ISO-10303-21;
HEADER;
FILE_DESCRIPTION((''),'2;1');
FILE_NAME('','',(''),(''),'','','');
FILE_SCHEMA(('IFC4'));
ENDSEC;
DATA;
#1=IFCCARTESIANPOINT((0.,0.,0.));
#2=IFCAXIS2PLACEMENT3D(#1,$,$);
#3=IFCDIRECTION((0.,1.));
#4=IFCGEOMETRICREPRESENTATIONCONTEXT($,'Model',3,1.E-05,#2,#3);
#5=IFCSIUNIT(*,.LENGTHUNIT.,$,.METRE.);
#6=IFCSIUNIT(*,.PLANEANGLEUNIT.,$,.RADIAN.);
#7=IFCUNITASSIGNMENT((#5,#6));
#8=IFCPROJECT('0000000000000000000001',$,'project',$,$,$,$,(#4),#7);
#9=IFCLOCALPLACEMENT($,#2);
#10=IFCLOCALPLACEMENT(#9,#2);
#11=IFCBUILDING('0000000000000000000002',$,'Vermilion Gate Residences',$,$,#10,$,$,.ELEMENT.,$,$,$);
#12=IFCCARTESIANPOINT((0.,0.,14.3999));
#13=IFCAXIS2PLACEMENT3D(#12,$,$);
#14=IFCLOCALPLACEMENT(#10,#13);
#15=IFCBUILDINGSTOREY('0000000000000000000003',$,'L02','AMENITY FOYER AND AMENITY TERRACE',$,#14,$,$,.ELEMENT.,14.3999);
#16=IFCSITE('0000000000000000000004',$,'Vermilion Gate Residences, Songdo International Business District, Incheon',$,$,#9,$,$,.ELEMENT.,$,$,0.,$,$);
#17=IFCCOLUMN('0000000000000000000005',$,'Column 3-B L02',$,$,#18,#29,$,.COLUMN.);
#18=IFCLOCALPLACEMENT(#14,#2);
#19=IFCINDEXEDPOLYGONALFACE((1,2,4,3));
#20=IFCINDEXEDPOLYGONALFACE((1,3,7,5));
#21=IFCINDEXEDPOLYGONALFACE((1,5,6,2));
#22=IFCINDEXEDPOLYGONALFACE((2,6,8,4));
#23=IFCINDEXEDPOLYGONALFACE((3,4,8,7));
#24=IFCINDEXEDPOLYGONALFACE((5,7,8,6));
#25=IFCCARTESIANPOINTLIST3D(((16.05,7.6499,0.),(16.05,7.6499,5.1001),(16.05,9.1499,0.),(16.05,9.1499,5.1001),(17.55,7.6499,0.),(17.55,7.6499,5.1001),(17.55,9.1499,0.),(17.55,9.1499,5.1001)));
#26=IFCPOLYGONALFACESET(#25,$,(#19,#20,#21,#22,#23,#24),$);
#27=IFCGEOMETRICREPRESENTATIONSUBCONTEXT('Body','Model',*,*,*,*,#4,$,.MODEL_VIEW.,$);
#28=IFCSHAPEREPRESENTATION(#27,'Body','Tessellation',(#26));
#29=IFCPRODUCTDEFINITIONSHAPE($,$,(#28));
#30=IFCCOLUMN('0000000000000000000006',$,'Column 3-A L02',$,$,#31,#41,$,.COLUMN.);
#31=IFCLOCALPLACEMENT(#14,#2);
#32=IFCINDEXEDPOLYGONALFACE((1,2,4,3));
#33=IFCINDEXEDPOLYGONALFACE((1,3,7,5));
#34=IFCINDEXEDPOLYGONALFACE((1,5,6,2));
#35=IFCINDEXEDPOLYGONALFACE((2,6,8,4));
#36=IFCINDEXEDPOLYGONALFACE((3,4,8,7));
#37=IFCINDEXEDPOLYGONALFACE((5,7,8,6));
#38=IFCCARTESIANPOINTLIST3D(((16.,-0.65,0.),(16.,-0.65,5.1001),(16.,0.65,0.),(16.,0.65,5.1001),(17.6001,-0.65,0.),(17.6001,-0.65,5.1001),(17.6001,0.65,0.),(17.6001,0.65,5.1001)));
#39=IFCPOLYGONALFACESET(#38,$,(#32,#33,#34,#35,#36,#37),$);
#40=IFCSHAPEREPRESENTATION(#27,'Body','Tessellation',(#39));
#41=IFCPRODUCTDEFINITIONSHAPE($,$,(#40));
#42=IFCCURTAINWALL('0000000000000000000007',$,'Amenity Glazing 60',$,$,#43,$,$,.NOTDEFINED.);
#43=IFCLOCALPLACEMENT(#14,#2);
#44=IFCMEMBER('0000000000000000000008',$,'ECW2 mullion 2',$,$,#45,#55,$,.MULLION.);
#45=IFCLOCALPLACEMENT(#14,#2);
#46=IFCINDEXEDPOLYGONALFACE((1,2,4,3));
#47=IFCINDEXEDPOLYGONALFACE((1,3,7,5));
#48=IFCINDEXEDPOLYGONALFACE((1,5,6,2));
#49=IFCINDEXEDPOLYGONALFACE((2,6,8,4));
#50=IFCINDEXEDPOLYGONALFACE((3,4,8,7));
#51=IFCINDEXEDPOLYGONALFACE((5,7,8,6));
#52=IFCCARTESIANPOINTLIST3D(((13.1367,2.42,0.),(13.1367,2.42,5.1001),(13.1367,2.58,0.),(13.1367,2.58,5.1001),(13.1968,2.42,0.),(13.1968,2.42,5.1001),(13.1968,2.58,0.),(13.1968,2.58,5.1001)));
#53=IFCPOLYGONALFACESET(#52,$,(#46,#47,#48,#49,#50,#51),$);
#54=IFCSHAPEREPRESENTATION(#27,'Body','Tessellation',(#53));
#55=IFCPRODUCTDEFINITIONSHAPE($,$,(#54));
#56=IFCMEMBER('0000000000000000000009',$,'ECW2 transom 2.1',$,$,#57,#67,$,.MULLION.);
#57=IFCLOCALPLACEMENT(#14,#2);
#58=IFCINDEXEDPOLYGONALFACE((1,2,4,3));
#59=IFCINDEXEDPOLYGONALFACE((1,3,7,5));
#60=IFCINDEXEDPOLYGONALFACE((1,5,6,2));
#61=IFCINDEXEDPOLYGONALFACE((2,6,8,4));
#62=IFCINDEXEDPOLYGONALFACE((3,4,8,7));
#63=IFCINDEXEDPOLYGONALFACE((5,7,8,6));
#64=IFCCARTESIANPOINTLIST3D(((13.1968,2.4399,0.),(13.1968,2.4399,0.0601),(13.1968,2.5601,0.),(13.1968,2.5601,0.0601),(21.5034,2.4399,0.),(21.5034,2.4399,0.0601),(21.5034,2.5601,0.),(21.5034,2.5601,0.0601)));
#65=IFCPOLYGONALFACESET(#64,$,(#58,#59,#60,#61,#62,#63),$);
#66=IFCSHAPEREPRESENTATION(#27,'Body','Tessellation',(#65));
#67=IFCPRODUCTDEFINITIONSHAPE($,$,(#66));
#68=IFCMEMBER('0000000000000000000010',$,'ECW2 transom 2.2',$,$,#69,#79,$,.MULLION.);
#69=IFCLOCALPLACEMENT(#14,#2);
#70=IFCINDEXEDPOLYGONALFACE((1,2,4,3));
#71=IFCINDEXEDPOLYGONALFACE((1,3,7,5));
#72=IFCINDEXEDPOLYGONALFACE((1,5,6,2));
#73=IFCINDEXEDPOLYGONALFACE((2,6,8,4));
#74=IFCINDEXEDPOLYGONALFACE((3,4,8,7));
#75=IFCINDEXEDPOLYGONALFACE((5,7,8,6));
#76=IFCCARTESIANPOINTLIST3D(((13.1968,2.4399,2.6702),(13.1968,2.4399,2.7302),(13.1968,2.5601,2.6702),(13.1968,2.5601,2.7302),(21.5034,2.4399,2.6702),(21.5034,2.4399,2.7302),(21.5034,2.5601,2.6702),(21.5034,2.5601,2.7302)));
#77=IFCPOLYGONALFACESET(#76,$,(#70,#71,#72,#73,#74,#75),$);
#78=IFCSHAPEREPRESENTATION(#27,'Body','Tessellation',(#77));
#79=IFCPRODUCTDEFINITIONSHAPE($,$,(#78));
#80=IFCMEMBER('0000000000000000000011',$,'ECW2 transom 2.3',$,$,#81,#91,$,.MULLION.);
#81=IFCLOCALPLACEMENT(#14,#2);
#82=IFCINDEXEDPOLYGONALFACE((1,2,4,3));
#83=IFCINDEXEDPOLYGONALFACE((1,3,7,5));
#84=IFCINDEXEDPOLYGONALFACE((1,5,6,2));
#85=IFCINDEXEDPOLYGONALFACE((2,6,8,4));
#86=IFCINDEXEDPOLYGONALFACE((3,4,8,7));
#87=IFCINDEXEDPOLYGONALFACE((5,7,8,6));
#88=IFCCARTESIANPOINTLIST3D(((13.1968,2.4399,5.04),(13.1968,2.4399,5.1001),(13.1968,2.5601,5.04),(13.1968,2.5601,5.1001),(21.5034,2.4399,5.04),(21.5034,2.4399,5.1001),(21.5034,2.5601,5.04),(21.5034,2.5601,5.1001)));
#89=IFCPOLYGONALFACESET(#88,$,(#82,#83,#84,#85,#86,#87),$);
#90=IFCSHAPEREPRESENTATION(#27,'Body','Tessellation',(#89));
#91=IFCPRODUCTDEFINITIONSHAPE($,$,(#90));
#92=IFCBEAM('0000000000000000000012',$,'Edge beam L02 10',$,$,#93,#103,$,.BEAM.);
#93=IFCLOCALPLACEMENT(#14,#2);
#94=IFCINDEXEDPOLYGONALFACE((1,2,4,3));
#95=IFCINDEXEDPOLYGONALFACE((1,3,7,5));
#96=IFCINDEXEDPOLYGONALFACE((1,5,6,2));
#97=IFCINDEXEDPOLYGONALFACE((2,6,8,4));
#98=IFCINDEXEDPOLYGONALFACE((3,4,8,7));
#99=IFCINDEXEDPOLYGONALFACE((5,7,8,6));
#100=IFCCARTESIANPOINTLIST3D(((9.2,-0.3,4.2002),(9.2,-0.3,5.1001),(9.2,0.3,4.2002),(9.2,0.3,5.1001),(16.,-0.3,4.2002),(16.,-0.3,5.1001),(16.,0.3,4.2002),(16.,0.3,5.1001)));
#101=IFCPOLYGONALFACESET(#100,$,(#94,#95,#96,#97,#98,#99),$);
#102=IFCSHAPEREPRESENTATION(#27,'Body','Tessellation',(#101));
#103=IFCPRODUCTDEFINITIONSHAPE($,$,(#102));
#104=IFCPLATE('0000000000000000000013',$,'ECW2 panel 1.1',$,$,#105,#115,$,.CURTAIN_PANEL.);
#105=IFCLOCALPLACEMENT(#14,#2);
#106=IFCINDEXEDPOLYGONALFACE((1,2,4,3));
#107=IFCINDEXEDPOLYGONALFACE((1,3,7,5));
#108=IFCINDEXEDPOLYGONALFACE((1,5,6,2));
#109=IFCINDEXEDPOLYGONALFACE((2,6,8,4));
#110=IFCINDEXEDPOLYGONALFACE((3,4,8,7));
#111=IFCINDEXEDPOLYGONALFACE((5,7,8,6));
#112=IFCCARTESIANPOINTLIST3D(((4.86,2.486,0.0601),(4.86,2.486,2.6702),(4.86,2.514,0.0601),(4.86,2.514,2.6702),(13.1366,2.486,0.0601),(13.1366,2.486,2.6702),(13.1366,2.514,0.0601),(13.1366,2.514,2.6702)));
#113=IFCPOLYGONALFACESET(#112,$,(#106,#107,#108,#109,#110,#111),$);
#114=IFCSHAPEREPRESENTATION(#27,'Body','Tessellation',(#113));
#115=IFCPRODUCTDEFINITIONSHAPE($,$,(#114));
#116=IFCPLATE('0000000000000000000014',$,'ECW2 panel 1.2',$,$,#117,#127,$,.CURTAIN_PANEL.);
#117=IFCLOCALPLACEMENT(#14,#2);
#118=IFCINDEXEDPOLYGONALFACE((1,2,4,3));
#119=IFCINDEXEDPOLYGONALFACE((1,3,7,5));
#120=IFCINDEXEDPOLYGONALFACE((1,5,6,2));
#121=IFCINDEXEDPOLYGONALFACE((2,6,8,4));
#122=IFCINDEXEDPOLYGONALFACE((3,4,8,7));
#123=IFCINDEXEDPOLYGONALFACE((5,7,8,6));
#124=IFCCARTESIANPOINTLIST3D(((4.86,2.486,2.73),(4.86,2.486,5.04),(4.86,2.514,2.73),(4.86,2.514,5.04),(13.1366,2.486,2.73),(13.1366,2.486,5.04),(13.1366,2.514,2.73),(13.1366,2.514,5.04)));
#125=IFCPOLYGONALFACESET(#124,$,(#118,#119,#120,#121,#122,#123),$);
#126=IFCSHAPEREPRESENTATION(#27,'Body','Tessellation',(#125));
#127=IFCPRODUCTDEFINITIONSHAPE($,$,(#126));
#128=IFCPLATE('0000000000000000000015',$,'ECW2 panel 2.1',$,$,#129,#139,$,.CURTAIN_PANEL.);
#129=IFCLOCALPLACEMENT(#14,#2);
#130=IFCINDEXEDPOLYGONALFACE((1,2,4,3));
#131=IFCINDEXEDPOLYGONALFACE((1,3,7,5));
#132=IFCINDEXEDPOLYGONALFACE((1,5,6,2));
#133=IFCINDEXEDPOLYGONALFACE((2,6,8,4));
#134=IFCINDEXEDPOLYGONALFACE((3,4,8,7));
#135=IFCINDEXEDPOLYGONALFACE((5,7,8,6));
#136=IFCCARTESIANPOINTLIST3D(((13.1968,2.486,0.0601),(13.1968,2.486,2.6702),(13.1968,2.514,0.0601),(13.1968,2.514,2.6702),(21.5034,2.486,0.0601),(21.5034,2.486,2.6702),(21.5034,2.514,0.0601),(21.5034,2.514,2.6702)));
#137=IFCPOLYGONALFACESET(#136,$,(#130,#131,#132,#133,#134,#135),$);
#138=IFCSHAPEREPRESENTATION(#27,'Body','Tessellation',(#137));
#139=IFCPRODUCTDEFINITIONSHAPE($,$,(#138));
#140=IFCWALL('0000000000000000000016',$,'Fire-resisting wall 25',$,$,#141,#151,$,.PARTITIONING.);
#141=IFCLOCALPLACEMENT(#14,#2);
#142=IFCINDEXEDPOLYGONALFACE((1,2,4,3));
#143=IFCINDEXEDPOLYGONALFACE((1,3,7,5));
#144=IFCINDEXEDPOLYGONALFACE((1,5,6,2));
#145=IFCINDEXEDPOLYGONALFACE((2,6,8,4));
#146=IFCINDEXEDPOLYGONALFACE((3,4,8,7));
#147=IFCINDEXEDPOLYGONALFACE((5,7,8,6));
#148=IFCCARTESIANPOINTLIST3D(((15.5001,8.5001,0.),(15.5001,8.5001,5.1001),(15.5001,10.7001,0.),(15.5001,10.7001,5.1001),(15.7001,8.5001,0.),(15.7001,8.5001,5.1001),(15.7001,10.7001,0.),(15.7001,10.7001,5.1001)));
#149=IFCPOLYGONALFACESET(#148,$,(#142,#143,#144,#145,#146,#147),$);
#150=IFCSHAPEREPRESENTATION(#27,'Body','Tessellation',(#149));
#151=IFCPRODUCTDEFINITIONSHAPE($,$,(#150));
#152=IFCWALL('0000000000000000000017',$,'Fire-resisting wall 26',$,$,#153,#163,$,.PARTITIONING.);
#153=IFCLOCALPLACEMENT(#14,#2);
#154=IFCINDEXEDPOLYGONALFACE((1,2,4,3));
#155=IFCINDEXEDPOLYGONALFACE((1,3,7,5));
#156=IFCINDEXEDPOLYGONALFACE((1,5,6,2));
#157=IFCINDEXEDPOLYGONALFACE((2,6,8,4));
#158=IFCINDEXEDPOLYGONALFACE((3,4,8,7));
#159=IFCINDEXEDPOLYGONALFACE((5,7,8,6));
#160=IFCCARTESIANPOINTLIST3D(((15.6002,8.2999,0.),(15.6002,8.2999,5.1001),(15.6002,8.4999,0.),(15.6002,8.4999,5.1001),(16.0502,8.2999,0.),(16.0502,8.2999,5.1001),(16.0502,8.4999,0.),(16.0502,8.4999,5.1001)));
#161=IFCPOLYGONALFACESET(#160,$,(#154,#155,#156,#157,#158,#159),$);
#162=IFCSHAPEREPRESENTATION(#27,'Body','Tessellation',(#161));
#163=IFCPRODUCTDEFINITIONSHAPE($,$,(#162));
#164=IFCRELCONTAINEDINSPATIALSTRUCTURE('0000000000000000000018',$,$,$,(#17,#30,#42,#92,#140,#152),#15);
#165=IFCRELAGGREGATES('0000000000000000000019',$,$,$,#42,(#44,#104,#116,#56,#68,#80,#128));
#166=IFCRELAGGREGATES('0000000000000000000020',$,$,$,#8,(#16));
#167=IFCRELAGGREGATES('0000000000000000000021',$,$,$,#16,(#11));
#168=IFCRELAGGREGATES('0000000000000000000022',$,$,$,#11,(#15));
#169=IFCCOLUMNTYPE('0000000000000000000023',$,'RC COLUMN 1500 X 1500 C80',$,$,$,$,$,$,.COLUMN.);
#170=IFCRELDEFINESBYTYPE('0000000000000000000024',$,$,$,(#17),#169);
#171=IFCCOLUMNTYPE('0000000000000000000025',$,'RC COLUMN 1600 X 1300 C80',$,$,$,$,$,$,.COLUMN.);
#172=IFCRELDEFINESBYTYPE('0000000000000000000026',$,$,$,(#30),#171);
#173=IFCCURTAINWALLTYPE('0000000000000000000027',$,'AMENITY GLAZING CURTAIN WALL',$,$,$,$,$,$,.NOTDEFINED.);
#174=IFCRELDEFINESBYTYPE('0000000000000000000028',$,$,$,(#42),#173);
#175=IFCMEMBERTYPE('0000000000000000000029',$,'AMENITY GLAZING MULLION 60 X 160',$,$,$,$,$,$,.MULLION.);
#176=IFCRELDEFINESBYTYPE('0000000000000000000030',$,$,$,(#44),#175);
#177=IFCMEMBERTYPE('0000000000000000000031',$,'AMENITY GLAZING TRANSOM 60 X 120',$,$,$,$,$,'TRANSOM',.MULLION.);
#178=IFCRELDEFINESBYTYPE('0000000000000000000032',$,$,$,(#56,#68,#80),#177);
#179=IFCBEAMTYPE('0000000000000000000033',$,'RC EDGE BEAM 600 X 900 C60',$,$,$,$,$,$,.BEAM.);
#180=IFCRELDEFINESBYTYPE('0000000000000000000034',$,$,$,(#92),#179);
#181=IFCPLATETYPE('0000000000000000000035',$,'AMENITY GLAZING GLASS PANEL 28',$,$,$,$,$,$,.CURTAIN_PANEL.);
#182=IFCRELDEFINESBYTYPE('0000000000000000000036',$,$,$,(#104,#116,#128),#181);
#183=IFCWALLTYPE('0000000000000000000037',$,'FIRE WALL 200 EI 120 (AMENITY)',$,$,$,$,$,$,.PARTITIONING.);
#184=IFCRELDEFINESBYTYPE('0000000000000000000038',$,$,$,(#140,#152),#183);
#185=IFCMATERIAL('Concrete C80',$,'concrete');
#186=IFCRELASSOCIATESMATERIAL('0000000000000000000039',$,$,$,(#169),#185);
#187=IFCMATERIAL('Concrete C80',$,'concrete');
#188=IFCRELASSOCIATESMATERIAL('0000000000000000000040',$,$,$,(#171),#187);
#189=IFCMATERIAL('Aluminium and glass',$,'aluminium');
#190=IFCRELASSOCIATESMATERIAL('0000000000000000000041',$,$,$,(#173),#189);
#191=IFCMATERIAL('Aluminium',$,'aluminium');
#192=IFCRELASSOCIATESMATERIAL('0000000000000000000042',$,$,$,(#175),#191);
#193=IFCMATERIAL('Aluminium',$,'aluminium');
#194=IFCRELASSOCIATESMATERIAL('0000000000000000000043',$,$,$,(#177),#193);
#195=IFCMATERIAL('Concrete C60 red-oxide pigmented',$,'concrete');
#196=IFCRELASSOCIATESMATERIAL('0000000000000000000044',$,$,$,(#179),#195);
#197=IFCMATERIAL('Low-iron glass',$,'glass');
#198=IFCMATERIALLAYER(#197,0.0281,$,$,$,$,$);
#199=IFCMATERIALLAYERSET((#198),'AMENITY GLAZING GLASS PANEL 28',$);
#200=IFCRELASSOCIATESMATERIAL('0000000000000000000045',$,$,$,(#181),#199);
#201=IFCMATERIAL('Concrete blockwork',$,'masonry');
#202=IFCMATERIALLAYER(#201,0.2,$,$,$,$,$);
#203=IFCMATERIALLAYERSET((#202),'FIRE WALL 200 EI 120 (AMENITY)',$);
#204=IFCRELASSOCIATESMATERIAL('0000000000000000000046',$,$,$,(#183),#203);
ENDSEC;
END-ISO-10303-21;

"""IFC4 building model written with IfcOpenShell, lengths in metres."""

from ifc_helpers import new_model, si_unit, direction, frame, frame_2d, origin, origin_2d, place, context, subcontext, project, spatial, rectangle, extrude, material, layer, layer_set, material_profile, profile_set, type_object, element, aggregate, save


model = new_model("IFC4")

# Units and contexts
model_context = context("Model", 3, precision=1e-05, world=origin(), true_north=direction((0.0, 1.0)))
body_context = subcontext(model_context, "Body", "Model", "MODEL_VIEW")
ifc_project = project(units=[si_unit("LENGTHUNIT", "METRE"), si_unit("PLANEANGLEUNIT", "RADIAN")], contexts=[model_context])

# Site, building, storey
site_placement = place(None, origin())
site = spatial("IfcSite", under=ifc_project, at=site_placement, Name="Vermilion Gate Residences, Songdo International Business District, Incheon", CompositionType="ELEMENT", RefElevation=0.0)
building_placement = place(site_placement, origin())
building = spatial("IfcBuilding", under=site, at=building_placement, Name="Vermilion Gate Residences", CompositionType="ELEMENT")
storey_placement = place(building_placement, frame((0.0, 0.0, 14.3999)))
storey = spatial("IfcBuildingStorey", under=building, at=storey_placement, Name="L02", Description="AMENITY FOYER AND AMENITY TERRACE", CompositionType="ELEMENT", Elevation=14.3999)

# Columns
ifc_material_1 = material(Name="Concrete C80", Category="concrete")
ifc_material_profile_1 = material_profile(ifc_material_1, rectangle(XDim=1.5, YDim=1.5, at=origin_2d()), Name="RC-1500x1500")
ifc_profile_set_1 = profile_set([ifc_material_profile_1], Name="Concrete C80")
column_type_1 = type_object("IfcColumnType", Name="RC COLUMN 1500 X 1500 C80", PredefinedType="COLUMN", material=ifc_profile_set_1)
column_1_placement = place(storey_placement, frame((16.8, 8.3999, 0.0), z_axis=(0.0, 0.0, 1.0), x_axis=(1.0, 0.0, 0.0)))
element("IfcColumn", 1, at=column_1_placement, inside=storey, type_object=column_type_1, Name="Column 3-B L02", PredefinedType="COLUMN", context=body_context, shape_type="SweptSolid", body=[
    extrude(rectangle(XDim=1.5, YDim=1.5, at=origin_2d()), origin(), (0.0, 0.0, 1.0), 5.1001),
])
ifc_material_2 = material(Name="Concrete C80", Category="concrete")
ifc_material_profile_2 = material_profile(ifc_material_2, rectangle(XDim=1.6001, YDim=1.3, at=origin_2d()), Name="RC-1600x1300")
ifc_profile_set_2 = profile_set([ifc_material_profile_2], Name="Concrete C80")
column_type_2 = type_object("IfcColumnType", Name="RC COLUMN 1600 X 1300 C80", PredefinedType="COLUMN", material=ifc_profile_set_2)
column_2_placement = place(storey_placement, frame((16.8, 0.0, 0.0), z_axis=(0.0, 0.0, 1.0), x_axis=(1.0, 0.0, 0.0)))
element("IfcColumn", 2, at=column_2_placement, inside=storey, type_object=column_type_2, Name="Column 3-A L02", PredefinedType="COLUMN", context=body_context, shape_type="SweptSolid", body=[
    extrude(rectangle(XDim=1.6001, YDim=1.3, at=origin_2d()), origin(), (0.0, 0.0, 1.0), 5.1001),
])

# Curtain wall, members
ifc_material_3 = material(Name="Aluminium and glass", Category="aluminium")
curtain_wall_type = type_object("IfcCurtainWallType", Name="AMENITY GLAZING CURTAIN WALL", PredefinedType="NOTDEFINED", material=ifc_material_3)
curtain_wall_placement = place(storey_placement, origin())
curtain_wall = element("IfcCurtainWall", 3, at=curtain_wall_placement, inside=storey, type_object=curtain_wall_type, Name="Amenity Glazing 60", PredefinedType="NOTDEFINED")
ifc_material_4 = material(Name="Aluminium", Category="aluminium")
ifc_material_profile_3 = material_profile(ifc_material_4, rectangle(XDim=0.1599, YDim=0.0601, at=origin_2d()), Name="MULLION 60 X 160")
ifc_profile_set_3 = profile_set([ifc_material_profile_3], Name="Aluminium")
member_type_1 = type_object("IfcMemberType", Name="AMENITY GLAZING MULLION 60 X 160", PredefinedType="MULLION", material=ifc_profile_set_3)
member_1_placement = place(storey_placement, frame((13.1667, 2.5, 0.0), z_axis=(0.0, 0.0, 1.0), x_axis=(0.0, 1.0, 0.0)))
member_1 = element("IfcMember", 4, at=member_1_placement, type_object=member_type_1, Name="ECW2 mullion 2", PredefinedType="MULLION", context=body_context, shape_type="SweptSolid", body=[
    extrude(rectangle(XDim=0.1599, YDim=0.0601, at=origin_2d()), origin(), (0.0, 0.0, 1.0), 5.1001),
])
ifc_material_5 = material(Name="Aluminium", Category="aluminium")
ifc_material_profile_4 = material_profile(ifc_material_5, rectangle(XDim=0.1201, YDim=0.0601, at=origin_2d()), Name="TRANSOM 60 X 120")
ifc_profile_set_4 = profile_set([ifc_material_profile_4], Name="Aluminium")
member_type_2 = type_object("IfcMemberType", Name="AMENITY GLAZING TRANSOM 60 X 120", ElementType="TRANSOM", PredefinedType="MULLION", material=ifc_profile_set_4)
member_2_placement = place(storey_placement, frame((13.1968, 2.5, 0.03), z_axis=(1.0, 0.0, 0.0), x_axis=(0.0, 1.0, 0.0)))
member_2 = element("IfcMember", 5, at=member_2_placement, type_object=member_type_2, Name="ECW2 transom 2.1", PredefinedType="MULLION", context=body_context, shape_type="SweptSolid", body=[
    extrude(rectangle(XDim=0.1201, YDim=0.0601, at=origin_2d()), origin(), (0.0, 0.0, 1.0), 8.3066),
])
member_3_placement = place(storey_placement, frame((13.1968, 2.5, 2.7002), z_axis=(1.0, 0.0, 0.0), x_axis=(0.0, 1.0, 0.0)))
member_3 = element("IfcMember", 6, at=member_3_placement, type_object=member_type_2, Name="ECW2 transom 2.2", PredefinedType="MULLION", context=body_context, shape_type="SweptSolid", body=[
    extrude(rectangle(XDim=0.1201, YDim=0.0601, at=origin_2d()), origin(), (0.0, 0.0, 1.0), 8.3066),
])
member_4_placement = place(storey_placement, frame((13.1968, 2.5, 5.0701), z_axis=(1.0, 0.0, 0.0), x_axis=(0.0, 1.0, 0.0)))
member_4 = element("IfcMember", 7, at=member_4_placement, type_object=member_type_2, Name="ECW2 transom 2.3", PredefinedType="MULLION", context=body_context, shape_type="SweptSolid", body=[
    extrude(rectangle(XDim=0.1201, YDim=0.0601, at=origin_2d()), origin(), (0.0, 0.0, 1.0), 8.3066),
])

# Beam
ifc_material_6 = material(Name="Concrete C60 red-oxide pigmented", Category="concrete")
ifc_material_profile_5 = material_profile(ifc_material_6, rectangle(XDim=0.6001, YDim=0.8999, at=origin_2d()), Name="RC-600x900")
ifc_profile_set_5 = profile_set([ifc_material_profile_5], Name="Concrete C60 red-oxide pigmented")
beam_type = type_object("IfcBeamType", Name="RC EDGE BEAM 600 X 900 C60", PredefinedType="BEAM", material=ifc_profile_set_5)
beam_placement = place(storey_placement, frame((9.2, 0.0, 4.6501), z_axis=(1.0, 0.0, 0.0), x_axis=(0.0, 1.0, 0.0)))
element("IfcBeam", 8, at=beam_placement, inside=storey, type_object=beam_type, Name="Edge beam L02 10", PredefinedType="BEAM", context=body_context, shape_type="SweptSolid", body=[
    extrude(rectangle(XDim=0.6001, YDim=0.8999, at=origin_2d()), origin(), (0.0, 0.0, 1.0), 6.8),
])

# Plates
ifc_material_7 = material(Name="Low-iron glass", Category="glass")
ifc_layer_1 = layer(ifc_material_7, 0.0281)
ifc_layer_set_1 = layer_set([ifc_layer_1], Name="AMENITY GLAZING GLASS PANEL 28")
plate_type = type_object("IfcPlateType", Name="AMENITY GLAZING GLASS PANEL 28", PredefinedType="CURTAIN_PANEL", material=ifc_layer_set_1)
plate_1_placement = place(storey_placement, frame((8.9983, 2.5, 0.0601), z_axis=(0.0, 0.0, 1.0), x_axis=(1.0, 0.0, 0.0)))
plate_1 = element("IfcPlate", 9, at=plate_1_placement, type_object=plate_type, Name="ECW2 panel 1.1", PredefinedType="CURTAIN_PANEL", context=body_context, shape_type="SweptSolid", body=[
    extrude(rectangle(XDim=8.2766, YDim=0.0281, at=origin_2d()), origin(), (0.0, 0.0, 1.0), 2.6101),
])
plate_2_placement = place(storey_placement, frame((8.9983, 2.5, 2.73), z_axis=(0.0, 0.0, 1.0), x_axis=(1.0, 0.0, 0.0)))
plate_2 = element("IfcPlate", 10, at=plate_2_placement, type_object=plate_type, Name="ECW2 panel 1.2", PredefinedType="CURTAIN_PANEL", context=body_context, shape_type="SweptSolid", body=[
    extrude(rectangle(XDim=8.2766, YDim=0.0281, at=origin_2d()), origin(), (0.0, 0.0, 1.0), 2.3101),
])
plate_3_placement = place(storey_placement, frame((17.3501, 2.5, 0.0601), z_axis=(0.0, 0.0, 1.0), x_axis=(1.0, 0.0, 0.0)))
plate_3 = element("IfcPlate", 11, at=plate_3_placement, type_object=plate_type, Name="ECW2 panel 2.1", PredefinedType="CURTAIN_PANEL", context=body_context, shape_type="SweptSolid", body=[
    extrude(rectangle(XDim=8.3066, YDim=0.0281, at=origin_2d()), origin(), (0.0, 0.0, 1.0), 2.6101),
])
aggregate(curtain_wall, [member_1, plate_1, plate_2, member_2, member_3, member_4, plate_3])

# Walls
ifc_material_8 = material(Name="Concrete blockwork", Category="masonry")
ifc_layer_2 = layer(ifc_material_8, 0.2)
ifc_layer_set_2 = layer_set([ifc_layer_2], Name="FIRE WALL 200 EI 120 (AMENITY)")
wall_type_1 = type_object("IfcWallType", Name="FIRE WALL 200 EI 120 (AMENITY)", PredefinedType="PARTITIONING", material=ifc_layer_set_2)
wall_1_placement = place(storey_placement, frame((15.6001, 8.5, 0.0), z_axis=(0.0, 0.0, 1.0), x_axis=(0.0, 1.0, 0.0)))
element("IfcWall", 12, at=wall_1_placement, inside=storey, type_object=wall_type_1, Name="Fire-resisting wall 25", PredefinedType="PARTITIONING", context=body_context, shape_type="SweptSolid", body=[
    extrude(rectangle(XDim=2.2, YDim=0.2, at=frame_2d((1.1001, 0.0))), origin(), (0.0, 0.0, 1.0), 5.1001),
])
wall_2_placement = place(storey_placement, frame((15.6001, 8.3999, 0.0), z_axis=(0.0, 0.0, 1.0), x_axis=(1.0, 0.0, 0.0)))
element("IfcWall", 13, at=wall_2_placement, inside=storey, type_object=wall_type_1, Name="Fire-resisting wall 26", PredefinedType="PARTITIONING", context=body_context, shape_type="SweptSolid", body=[
    extrude(rectangle(XDim=0.45, YDim=0.2, at=frame_2d((0.2251, 0.0))), origin(), (0.0, 0.0, 1.0), 5.1001),
])

save(model, "model.ifc")
